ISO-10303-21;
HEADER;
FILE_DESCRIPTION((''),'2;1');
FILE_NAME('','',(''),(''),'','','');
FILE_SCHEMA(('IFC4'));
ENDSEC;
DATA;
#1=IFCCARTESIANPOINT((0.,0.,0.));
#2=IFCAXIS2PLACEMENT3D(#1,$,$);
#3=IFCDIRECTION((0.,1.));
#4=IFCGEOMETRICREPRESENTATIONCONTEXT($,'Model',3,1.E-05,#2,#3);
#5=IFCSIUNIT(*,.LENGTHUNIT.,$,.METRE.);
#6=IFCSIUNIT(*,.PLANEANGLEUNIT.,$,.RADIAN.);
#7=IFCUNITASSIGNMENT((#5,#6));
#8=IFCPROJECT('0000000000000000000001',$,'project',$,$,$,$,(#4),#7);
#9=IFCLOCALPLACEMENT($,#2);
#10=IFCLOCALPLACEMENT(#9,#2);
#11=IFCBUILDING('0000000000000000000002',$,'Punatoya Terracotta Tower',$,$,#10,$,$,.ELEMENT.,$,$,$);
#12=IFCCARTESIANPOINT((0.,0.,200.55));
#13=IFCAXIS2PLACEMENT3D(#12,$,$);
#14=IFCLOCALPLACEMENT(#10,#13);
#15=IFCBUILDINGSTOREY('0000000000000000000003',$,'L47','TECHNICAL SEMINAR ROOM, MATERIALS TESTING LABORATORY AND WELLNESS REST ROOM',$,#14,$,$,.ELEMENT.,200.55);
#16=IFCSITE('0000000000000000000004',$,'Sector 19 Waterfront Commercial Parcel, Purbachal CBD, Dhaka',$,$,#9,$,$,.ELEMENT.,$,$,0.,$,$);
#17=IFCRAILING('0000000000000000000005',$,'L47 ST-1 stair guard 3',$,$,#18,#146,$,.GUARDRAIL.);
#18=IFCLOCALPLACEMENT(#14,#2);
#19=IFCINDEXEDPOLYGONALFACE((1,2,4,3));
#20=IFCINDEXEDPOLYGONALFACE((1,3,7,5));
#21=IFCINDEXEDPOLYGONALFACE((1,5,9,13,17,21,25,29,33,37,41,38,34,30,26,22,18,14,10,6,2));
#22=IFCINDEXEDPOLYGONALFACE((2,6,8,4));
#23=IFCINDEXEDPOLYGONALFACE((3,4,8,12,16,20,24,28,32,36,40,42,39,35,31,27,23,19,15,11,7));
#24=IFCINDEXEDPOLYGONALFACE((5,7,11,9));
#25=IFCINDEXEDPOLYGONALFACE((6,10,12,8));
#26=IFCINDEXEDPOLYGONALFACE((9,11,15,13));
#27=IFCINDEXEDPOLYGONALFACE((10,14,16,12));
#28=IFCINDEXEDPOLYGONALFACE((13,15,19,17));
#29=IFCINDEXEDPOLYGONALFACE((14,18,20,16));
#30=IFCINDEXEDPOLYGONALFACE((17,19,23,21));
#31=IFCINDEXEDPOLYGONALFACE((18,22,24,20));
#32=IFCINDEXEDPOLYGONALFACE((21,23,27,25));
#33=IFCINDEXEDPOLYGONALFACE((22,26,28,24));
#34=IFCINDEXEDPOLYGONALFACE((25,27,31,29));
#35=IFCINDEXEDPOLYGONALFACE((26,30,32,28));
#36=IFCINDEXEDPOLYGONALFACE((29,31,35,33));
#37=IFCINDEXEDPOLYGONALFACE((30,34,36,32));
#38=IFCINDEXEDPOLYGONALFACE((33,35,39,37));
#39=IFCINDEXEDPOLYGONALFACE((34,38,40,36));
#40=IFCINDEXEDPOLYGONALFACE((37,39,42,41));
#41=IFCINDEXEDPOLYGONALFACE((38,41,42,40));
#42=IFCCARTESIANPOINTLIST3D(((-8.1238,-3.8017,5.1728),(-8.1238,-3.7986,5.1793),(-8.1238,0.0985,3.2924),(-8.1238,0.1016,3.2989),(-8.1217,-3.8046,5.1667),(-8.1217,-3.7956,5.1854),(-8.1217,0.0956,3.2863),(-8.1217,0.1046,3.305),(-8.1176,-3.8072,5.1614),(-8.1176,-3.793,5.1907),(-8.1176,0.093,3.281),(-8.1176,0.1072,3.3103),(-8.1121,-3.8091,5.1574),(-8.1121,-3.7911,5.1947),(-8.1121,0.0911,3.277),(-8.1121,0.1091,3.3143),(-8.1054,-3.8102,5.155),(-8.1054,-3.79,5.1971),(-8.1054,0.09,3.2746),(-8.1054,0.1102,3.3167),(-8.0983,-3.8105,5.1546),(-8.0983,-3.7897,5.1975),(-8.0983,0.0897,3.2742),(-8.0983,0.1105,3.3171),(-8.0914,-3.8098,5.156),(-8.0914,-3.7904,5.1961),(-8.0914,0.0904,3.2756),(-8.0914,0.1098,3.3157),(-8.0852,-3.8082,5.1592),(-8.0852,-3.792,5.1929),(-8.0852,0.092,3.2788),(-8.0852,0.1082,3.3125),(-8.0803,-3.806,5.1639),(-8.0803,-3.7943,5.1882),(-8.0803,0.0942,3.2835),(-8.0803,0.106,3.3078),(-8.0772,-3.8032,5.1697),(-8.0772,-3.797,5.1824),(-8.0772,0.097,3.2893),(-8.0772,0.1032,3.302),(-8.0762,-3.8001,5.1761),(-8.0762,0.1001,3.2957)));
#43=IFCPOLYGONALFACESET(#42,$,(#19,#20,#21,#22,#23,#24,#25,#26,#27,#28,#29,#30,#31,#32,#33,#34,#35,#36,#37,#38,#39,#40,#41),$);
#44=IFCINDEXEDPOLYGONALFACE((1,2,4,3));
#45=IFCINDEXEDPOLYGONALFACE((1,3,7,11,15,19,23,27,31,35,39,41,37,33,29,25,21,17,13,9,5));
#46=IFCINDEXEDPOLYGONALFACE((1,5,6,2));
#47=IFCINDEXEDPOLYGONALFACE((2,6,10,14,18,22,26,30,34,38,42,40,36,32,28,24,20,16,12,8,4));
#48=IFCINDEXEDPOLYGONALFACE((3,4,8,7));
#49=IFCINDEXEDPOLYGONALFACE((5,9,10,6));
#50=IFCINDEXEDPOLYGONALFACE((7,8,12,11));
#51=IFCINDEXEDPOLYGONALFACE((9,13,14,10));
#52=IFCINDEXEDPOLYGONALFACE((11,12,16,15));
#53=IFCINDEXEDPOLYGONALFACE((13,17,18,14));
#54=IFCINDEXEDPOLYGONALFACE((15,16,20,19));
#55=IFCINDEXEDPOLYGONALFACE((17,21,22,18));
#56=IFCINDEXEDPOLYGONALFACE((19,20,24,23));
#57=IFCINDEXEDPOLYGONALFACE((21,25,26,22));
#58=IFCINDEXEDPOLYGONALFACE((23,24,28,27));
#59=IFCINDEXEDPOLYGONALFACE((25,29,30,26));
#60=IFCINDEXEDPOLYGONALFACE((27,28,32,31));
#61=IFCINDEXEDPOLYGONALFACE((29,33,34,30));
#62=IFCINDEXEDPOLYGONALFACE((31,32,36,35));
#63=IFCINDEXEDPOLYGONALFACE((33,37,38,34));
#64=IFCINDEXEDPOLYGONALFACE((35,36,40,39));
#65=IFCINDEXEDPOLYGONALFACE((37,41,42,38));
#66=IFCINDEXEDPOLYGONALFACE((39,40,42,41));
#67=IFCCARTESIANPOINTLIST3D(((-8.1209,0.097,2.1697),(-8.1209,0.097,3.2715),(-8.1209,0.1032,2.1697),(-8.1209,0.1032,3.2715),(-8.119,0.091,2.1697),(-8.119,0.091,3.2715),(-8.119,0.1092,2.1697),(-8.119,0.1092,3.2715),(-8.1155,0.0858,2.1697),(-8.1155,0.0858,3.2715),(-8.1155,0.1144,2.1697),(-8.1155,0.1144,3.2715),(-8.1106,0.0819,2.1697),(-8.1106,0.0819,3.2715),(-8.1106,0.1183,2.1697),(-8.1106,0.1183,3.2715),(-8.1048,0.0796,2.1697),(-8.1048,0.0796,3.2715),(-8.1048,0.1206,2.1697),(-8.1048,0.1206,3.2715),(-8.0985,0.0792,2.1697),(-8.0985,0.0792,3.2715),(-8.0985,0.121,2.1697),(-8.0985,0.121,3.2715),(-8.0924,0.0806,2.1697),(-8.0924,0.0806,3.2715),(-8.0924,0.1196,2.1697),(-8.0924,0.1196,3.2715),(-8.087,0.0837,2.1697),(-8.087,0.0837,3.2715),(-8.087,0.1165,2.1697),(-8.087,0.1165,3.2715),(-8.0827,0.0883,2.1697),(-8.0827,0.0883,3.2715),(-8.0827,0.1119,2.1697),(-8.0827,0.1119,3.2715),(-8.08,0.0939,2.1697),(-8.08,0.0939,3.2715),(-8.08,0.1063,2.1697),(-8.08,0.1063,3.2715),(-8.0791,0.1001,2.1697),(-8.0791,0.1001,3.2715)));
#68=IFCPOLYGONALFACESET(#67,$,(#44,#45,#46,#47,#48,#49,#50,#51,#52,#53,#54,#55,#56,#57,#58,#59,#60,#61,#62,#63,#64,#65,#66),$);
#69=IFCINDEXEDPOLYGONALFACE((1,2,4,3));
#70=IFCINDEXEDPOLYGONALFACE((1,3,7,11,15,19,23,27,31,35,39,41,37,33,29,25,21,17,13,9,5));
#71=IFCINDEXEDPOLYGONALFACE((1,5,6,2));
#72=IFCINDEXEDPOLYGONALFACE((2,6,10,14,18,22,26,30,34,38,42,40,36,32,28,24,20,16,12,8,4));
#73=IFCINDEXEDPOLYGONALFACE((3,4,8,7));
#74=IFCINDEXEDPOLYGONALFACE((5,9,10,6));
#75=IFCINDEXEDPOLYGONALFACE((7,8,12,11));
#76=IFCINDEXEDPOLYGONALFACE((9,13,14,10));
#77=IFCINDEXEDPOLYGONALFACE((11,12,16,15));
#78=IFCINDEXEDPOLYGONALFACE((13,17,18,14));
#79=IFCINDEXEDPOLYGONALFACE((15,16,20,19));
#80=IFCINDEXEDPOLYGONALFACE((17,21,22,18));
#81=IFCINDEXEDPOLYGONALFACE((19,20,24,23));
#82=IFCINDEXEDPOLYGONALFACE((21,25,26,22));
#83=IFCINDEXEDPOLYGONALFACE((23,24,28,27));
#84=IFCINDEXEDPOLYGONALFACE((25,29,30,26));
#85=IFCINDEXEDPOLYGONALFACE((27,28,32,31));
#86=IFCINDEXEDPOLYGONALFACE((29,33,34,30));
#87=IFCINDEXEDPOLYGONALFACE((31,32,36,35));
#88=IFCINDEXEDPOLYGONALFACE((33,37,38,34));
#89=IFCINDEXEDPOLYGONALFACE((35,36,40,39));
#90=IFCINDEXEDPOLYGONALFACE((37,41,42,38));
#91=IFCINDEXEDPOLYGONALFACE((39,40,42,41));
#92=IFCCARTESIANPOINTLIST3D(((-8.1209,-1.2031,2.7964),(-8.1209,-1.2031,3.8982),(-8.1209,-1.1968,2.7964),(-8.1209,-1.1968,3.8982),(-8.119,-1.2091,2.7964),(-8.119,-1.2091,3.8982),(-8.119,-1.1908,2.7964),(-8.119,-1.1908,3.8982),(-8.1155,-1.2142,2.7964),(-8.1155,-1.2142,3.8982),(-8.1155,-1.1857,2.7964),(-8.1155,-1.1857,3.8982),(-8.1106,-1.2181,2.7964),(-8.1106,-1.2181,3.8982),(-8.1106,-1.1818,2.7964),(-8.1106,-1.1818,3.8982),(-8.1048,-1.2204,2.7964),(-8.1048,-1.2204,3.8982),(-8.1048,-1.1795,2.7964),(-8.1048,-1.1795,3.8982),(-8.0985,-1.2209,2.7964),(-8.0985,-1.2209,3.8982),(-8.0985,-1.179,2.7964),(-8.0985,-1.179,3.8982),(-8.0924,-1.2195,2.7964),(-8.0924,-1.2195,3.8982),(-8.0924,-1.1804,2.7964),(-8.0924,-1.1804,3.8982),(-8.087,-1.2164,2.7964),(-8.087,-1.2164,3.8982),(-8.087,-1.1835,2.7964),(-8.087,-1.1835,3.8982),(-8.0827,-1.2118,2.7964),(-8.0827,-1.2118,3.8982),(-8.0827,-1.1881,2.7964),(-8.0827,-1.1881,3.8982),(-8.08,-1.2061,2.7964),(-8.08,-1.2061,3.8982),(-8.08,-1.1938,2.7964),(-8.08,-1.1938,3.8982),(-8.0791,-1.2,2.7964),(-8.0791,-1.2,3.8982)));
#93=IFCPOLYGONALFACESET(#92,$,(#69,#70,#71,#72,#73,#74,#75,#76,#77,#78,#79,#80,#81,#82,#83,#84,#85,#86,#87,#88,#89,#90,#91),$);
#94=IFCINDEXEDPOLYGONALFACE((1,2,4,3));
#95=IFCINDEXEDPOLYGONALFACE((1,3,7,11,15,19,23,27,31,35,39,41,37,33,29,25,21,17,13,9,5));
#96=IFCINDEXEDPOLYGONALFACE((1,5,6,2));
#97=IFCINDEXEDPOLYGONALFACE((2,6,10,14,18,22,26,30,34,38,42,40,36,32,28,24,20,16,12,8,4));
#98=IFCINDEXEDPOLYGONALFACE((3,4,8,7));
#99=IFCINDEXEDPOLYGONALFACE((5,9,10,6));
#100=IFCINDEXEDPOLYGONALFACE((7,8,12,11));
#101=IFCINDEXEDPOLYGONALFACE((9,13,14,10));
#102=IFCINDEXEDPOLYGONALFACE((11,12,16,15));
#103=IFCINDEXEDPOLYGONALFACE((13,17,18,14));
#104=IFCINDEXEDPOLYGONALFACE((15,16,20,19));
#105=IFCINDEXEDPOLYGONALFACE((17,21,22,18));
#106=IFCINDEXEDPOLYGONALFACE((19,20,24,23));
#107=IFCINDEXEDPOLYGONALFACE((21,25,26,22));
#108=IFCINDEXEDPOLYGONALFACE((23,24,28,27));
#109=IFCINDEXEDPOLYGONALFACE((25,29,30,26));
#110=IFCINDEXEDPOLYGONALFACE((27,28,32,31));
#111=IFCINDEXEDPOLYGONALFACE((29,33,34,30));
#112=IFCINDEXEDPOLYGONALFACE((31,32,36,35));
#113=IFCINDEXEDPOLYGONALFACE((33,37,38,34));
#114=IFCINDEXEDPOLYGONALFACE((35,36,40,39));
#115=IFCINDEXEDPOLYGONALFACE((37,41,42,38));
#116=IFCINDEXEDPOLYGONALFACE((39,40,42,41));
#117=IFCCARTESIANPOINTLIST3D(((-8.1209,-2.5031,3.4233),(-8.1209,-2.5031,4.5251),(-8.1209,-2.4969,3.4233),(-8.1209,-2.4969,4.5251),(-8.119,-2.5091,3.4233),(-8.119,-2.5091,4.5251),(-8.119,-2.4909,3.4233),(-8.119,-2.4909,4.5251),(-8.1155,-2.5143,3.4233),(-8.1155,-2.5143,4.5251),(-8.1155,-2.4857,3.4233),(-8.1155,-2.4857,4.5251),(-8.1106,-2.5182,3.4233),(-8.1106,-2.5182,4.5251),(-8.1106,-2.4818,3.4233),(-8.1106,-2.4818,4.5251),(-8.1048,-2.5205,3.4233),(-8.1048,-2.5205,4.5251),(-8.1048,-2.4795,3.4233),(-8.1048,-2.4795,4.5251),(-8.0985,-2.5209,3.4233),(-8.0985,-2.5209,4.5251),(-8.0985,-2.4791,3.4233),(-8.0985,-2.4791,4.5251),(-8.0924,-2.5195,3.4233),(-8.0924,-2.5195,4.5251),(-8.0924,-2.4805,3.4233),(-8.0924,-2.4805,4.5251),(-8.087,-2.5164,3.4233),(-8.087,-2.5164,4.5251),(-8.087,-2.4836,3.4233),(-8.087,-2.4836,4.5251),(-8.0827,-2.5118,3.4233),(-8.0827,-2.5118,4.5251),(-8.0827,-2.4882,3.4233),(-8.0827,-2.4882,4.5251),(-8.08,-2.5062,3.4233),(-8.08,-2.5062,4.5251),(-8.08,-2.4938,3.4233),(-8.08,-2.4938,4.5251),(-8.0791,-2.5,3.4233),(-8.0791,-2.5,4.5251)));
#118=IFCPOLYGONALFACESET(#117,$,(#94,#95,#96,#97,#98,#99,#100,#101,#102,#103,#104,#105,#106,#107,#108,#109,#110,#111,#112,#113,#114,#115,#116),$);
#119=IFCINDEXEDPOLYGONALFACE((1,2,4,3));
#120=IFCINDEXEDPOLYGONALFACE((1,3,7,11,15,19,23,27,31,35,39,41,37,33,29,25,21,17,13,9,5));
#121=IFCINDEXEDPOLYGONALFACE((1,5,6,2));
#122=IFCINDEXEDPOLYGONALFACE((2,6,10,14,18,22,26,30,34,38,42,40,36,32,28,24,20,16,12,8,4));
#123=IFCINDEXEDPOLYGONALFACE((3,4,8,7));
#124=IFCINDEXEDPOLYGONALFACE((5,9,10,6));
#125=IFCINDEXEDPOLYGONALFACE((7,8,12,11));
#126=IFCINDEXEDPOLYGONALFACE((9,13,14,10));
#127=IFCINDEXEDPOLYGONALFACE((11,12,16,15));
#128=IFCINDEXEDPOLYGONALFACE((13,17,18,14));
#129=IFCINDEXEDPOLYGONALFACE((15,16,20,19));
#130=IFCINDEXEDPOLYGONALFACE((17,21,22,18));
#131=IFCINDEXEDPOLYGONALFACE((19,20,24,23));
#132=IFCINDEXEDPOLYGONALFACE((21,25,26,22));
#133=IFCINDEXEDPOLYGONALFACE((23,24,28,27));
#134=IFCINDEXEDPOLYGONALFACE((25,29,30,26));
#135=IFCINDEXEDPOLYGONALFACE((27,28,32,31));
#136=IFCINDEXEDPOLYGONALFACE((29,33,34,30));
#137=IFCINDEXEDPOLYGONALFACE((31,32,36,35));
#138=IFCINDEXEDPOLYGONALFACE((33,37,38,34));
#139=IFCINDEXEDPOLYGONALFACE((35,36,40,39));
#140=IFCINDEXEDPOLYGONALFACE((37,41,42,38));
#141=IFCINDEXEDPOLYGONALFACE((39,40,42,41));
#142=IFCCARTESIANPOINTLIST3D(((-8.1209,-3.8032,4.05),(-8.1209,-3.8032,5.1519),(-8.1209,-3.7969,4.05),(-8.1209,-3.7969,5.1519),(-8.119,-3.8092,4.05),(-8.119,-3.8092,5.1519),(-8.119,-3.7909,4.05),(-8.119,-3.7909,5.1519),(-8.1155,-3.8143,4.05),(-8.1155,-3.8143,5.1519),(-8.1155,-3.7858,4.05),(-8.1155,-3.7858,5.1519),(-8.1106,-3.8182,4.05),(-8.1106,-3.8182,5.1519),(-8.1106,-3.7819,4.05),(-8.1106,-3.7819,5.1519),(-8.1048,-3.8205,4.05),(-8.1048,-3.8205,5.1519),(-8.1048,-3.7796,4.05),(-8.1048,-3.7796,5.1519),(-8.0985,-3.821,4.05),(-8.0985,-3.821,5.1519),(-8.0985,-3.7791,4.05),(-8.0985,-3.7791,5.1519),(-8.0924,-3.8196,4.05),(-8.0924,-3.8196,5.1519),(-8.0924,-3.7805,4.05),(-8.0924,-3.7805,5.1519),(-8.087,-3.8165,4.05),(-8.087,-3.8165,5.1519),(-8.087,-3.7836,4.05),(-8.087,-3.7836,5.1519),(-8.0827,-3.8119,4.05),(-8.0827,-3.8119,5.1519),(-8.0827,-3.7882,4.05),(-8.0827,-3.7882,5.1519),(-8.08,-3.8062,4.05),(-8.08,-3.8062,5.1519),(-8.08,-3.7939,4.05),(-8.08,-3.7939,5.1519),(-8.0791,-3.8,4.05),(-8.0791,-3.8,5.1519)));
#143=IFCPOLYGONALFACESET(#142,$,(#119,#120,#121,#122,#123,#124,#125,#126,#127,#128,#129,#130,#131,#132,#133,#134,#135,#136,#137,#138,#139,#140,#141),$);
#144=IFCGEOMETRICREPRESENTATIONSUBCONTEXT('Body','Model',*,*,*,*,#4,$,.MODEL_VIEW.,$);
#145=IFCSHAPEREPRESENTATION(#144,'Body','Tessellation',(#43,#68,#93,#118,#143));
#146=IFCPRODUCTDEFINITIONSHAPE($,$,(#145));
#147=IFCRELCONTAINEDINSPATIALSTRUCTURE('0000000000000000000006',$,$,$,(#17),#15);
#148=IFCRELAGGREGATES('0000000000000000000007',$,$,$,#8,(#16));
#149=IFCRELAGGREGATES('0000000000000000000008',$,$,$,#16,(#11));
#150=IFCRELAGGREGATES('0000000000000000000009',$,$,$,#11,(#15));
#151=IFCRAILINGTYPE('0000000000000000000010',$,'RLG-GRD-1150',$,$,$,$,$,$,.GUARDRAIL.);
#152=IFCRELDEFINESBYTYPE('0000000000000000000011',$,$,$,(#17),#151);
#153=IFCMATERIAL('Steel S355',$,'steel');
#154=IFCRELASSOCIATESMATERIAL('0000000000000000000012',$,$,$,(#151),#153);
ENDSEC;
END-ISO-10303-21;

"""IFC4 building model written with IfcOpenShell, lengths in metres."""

from ifc_helpers import new_model, si_unit, direction, frame, origin, origin_2d, place, context, subcontext, project, spatial, circle, extrude, material, type_object, element, save


model = new_model("IFC4")

# Units and contexts
model_context = context("Model", 3, precision=1e-05, world=origin(), true_north=direction((0.0, 1.0)))
body_context = subcontext(model_context, "Body", "Model", "MODEL_VIEW")
ifc_project = project(units=[si_unit("LENGTHUNIT", "METRE"), si_unit("PLANEANGLEUNIT", "RADIAN")], contexts=[model_context])

# Site, building, storey
site_placement = place(None, origin())
site = spatial("IfcSite", under=ifc_project, at=site_placement, Name="Sector 19 Waterfront Commercial Parcel, Purbachal CBD, Dhaka", CompositionType="ELEMENT", RefElevation=0.0)
building_placement = place(site_placement, origin())
building = spatial("IfcBuilding", under=site, at=building_placement, Name="Punatoya Terracotta Tower", CompositionType="ELEMENT")
storey_placement = place(building_placement, frame((0.0, 0.0, 200.55)))
storey = spatial("IfcBuildingStorey", under=building, at=storey_placement, Name="L47", Description="TECHNICAL SEMINAR ROOM, MATERIALS TESTING LABORATORY AND WELLNESS REST ROOM", CompositionType="ELEMENT", Elevation=200.55)

# Shared definitions
ifc_material_1 = material(Name="Steel S355", Category="steel")

# Railing
railing_type_1 = type_object("IfcRailingType", Name="RLG-GRD-1150", PredefinedType="GUARDRAIL", material=ifc_material_1)
railing_1_placement = place(storey_placement, frame((-8.1001, 0.1001, 2.1697)))
element("IfcRailing", 1, at=railing_1_placement, inside=storey, type_object=railing_type_1, Name="L47 ST-1 stair guard 3", PredefinedType="GUARDRAIL", context=body_context, shape_type="SweptSolid", body=[
    extrude(circle(Radius=0.0239, at=origin_2d()), frame((0.0, 0.0, 1.126), z_axis=(0.0, -0.900774, 0.434289), x_axis=(1.0, 0.0, 0.0)), (0.0, 0.0, 1.0), 4.3298),
    extrude(circle(Radius=0.021, at=origin_2d()), origin(), (0.0, 0.0, 1.0), 1.1018),
    extrude(circle(Radius=0.021, at=origin_2d()), frame((0.0, -1.3, 0.6267)), (0.0, 0.0, 1.0), 1.1018),
    extrude(circle(Radius=0.021, at=origin_2d()), frame((0.0, -2.6001, 1.2537)), (0.0, 0.0, 1.0), 1.1018),
    extrude(circle(Radius=0.021, at=origin_2d()), frame((0.0, -3.9001, 1.8804)), (0.0, 0.0, 1.0), 1.1018),
])

save(model, "model.ifc")
